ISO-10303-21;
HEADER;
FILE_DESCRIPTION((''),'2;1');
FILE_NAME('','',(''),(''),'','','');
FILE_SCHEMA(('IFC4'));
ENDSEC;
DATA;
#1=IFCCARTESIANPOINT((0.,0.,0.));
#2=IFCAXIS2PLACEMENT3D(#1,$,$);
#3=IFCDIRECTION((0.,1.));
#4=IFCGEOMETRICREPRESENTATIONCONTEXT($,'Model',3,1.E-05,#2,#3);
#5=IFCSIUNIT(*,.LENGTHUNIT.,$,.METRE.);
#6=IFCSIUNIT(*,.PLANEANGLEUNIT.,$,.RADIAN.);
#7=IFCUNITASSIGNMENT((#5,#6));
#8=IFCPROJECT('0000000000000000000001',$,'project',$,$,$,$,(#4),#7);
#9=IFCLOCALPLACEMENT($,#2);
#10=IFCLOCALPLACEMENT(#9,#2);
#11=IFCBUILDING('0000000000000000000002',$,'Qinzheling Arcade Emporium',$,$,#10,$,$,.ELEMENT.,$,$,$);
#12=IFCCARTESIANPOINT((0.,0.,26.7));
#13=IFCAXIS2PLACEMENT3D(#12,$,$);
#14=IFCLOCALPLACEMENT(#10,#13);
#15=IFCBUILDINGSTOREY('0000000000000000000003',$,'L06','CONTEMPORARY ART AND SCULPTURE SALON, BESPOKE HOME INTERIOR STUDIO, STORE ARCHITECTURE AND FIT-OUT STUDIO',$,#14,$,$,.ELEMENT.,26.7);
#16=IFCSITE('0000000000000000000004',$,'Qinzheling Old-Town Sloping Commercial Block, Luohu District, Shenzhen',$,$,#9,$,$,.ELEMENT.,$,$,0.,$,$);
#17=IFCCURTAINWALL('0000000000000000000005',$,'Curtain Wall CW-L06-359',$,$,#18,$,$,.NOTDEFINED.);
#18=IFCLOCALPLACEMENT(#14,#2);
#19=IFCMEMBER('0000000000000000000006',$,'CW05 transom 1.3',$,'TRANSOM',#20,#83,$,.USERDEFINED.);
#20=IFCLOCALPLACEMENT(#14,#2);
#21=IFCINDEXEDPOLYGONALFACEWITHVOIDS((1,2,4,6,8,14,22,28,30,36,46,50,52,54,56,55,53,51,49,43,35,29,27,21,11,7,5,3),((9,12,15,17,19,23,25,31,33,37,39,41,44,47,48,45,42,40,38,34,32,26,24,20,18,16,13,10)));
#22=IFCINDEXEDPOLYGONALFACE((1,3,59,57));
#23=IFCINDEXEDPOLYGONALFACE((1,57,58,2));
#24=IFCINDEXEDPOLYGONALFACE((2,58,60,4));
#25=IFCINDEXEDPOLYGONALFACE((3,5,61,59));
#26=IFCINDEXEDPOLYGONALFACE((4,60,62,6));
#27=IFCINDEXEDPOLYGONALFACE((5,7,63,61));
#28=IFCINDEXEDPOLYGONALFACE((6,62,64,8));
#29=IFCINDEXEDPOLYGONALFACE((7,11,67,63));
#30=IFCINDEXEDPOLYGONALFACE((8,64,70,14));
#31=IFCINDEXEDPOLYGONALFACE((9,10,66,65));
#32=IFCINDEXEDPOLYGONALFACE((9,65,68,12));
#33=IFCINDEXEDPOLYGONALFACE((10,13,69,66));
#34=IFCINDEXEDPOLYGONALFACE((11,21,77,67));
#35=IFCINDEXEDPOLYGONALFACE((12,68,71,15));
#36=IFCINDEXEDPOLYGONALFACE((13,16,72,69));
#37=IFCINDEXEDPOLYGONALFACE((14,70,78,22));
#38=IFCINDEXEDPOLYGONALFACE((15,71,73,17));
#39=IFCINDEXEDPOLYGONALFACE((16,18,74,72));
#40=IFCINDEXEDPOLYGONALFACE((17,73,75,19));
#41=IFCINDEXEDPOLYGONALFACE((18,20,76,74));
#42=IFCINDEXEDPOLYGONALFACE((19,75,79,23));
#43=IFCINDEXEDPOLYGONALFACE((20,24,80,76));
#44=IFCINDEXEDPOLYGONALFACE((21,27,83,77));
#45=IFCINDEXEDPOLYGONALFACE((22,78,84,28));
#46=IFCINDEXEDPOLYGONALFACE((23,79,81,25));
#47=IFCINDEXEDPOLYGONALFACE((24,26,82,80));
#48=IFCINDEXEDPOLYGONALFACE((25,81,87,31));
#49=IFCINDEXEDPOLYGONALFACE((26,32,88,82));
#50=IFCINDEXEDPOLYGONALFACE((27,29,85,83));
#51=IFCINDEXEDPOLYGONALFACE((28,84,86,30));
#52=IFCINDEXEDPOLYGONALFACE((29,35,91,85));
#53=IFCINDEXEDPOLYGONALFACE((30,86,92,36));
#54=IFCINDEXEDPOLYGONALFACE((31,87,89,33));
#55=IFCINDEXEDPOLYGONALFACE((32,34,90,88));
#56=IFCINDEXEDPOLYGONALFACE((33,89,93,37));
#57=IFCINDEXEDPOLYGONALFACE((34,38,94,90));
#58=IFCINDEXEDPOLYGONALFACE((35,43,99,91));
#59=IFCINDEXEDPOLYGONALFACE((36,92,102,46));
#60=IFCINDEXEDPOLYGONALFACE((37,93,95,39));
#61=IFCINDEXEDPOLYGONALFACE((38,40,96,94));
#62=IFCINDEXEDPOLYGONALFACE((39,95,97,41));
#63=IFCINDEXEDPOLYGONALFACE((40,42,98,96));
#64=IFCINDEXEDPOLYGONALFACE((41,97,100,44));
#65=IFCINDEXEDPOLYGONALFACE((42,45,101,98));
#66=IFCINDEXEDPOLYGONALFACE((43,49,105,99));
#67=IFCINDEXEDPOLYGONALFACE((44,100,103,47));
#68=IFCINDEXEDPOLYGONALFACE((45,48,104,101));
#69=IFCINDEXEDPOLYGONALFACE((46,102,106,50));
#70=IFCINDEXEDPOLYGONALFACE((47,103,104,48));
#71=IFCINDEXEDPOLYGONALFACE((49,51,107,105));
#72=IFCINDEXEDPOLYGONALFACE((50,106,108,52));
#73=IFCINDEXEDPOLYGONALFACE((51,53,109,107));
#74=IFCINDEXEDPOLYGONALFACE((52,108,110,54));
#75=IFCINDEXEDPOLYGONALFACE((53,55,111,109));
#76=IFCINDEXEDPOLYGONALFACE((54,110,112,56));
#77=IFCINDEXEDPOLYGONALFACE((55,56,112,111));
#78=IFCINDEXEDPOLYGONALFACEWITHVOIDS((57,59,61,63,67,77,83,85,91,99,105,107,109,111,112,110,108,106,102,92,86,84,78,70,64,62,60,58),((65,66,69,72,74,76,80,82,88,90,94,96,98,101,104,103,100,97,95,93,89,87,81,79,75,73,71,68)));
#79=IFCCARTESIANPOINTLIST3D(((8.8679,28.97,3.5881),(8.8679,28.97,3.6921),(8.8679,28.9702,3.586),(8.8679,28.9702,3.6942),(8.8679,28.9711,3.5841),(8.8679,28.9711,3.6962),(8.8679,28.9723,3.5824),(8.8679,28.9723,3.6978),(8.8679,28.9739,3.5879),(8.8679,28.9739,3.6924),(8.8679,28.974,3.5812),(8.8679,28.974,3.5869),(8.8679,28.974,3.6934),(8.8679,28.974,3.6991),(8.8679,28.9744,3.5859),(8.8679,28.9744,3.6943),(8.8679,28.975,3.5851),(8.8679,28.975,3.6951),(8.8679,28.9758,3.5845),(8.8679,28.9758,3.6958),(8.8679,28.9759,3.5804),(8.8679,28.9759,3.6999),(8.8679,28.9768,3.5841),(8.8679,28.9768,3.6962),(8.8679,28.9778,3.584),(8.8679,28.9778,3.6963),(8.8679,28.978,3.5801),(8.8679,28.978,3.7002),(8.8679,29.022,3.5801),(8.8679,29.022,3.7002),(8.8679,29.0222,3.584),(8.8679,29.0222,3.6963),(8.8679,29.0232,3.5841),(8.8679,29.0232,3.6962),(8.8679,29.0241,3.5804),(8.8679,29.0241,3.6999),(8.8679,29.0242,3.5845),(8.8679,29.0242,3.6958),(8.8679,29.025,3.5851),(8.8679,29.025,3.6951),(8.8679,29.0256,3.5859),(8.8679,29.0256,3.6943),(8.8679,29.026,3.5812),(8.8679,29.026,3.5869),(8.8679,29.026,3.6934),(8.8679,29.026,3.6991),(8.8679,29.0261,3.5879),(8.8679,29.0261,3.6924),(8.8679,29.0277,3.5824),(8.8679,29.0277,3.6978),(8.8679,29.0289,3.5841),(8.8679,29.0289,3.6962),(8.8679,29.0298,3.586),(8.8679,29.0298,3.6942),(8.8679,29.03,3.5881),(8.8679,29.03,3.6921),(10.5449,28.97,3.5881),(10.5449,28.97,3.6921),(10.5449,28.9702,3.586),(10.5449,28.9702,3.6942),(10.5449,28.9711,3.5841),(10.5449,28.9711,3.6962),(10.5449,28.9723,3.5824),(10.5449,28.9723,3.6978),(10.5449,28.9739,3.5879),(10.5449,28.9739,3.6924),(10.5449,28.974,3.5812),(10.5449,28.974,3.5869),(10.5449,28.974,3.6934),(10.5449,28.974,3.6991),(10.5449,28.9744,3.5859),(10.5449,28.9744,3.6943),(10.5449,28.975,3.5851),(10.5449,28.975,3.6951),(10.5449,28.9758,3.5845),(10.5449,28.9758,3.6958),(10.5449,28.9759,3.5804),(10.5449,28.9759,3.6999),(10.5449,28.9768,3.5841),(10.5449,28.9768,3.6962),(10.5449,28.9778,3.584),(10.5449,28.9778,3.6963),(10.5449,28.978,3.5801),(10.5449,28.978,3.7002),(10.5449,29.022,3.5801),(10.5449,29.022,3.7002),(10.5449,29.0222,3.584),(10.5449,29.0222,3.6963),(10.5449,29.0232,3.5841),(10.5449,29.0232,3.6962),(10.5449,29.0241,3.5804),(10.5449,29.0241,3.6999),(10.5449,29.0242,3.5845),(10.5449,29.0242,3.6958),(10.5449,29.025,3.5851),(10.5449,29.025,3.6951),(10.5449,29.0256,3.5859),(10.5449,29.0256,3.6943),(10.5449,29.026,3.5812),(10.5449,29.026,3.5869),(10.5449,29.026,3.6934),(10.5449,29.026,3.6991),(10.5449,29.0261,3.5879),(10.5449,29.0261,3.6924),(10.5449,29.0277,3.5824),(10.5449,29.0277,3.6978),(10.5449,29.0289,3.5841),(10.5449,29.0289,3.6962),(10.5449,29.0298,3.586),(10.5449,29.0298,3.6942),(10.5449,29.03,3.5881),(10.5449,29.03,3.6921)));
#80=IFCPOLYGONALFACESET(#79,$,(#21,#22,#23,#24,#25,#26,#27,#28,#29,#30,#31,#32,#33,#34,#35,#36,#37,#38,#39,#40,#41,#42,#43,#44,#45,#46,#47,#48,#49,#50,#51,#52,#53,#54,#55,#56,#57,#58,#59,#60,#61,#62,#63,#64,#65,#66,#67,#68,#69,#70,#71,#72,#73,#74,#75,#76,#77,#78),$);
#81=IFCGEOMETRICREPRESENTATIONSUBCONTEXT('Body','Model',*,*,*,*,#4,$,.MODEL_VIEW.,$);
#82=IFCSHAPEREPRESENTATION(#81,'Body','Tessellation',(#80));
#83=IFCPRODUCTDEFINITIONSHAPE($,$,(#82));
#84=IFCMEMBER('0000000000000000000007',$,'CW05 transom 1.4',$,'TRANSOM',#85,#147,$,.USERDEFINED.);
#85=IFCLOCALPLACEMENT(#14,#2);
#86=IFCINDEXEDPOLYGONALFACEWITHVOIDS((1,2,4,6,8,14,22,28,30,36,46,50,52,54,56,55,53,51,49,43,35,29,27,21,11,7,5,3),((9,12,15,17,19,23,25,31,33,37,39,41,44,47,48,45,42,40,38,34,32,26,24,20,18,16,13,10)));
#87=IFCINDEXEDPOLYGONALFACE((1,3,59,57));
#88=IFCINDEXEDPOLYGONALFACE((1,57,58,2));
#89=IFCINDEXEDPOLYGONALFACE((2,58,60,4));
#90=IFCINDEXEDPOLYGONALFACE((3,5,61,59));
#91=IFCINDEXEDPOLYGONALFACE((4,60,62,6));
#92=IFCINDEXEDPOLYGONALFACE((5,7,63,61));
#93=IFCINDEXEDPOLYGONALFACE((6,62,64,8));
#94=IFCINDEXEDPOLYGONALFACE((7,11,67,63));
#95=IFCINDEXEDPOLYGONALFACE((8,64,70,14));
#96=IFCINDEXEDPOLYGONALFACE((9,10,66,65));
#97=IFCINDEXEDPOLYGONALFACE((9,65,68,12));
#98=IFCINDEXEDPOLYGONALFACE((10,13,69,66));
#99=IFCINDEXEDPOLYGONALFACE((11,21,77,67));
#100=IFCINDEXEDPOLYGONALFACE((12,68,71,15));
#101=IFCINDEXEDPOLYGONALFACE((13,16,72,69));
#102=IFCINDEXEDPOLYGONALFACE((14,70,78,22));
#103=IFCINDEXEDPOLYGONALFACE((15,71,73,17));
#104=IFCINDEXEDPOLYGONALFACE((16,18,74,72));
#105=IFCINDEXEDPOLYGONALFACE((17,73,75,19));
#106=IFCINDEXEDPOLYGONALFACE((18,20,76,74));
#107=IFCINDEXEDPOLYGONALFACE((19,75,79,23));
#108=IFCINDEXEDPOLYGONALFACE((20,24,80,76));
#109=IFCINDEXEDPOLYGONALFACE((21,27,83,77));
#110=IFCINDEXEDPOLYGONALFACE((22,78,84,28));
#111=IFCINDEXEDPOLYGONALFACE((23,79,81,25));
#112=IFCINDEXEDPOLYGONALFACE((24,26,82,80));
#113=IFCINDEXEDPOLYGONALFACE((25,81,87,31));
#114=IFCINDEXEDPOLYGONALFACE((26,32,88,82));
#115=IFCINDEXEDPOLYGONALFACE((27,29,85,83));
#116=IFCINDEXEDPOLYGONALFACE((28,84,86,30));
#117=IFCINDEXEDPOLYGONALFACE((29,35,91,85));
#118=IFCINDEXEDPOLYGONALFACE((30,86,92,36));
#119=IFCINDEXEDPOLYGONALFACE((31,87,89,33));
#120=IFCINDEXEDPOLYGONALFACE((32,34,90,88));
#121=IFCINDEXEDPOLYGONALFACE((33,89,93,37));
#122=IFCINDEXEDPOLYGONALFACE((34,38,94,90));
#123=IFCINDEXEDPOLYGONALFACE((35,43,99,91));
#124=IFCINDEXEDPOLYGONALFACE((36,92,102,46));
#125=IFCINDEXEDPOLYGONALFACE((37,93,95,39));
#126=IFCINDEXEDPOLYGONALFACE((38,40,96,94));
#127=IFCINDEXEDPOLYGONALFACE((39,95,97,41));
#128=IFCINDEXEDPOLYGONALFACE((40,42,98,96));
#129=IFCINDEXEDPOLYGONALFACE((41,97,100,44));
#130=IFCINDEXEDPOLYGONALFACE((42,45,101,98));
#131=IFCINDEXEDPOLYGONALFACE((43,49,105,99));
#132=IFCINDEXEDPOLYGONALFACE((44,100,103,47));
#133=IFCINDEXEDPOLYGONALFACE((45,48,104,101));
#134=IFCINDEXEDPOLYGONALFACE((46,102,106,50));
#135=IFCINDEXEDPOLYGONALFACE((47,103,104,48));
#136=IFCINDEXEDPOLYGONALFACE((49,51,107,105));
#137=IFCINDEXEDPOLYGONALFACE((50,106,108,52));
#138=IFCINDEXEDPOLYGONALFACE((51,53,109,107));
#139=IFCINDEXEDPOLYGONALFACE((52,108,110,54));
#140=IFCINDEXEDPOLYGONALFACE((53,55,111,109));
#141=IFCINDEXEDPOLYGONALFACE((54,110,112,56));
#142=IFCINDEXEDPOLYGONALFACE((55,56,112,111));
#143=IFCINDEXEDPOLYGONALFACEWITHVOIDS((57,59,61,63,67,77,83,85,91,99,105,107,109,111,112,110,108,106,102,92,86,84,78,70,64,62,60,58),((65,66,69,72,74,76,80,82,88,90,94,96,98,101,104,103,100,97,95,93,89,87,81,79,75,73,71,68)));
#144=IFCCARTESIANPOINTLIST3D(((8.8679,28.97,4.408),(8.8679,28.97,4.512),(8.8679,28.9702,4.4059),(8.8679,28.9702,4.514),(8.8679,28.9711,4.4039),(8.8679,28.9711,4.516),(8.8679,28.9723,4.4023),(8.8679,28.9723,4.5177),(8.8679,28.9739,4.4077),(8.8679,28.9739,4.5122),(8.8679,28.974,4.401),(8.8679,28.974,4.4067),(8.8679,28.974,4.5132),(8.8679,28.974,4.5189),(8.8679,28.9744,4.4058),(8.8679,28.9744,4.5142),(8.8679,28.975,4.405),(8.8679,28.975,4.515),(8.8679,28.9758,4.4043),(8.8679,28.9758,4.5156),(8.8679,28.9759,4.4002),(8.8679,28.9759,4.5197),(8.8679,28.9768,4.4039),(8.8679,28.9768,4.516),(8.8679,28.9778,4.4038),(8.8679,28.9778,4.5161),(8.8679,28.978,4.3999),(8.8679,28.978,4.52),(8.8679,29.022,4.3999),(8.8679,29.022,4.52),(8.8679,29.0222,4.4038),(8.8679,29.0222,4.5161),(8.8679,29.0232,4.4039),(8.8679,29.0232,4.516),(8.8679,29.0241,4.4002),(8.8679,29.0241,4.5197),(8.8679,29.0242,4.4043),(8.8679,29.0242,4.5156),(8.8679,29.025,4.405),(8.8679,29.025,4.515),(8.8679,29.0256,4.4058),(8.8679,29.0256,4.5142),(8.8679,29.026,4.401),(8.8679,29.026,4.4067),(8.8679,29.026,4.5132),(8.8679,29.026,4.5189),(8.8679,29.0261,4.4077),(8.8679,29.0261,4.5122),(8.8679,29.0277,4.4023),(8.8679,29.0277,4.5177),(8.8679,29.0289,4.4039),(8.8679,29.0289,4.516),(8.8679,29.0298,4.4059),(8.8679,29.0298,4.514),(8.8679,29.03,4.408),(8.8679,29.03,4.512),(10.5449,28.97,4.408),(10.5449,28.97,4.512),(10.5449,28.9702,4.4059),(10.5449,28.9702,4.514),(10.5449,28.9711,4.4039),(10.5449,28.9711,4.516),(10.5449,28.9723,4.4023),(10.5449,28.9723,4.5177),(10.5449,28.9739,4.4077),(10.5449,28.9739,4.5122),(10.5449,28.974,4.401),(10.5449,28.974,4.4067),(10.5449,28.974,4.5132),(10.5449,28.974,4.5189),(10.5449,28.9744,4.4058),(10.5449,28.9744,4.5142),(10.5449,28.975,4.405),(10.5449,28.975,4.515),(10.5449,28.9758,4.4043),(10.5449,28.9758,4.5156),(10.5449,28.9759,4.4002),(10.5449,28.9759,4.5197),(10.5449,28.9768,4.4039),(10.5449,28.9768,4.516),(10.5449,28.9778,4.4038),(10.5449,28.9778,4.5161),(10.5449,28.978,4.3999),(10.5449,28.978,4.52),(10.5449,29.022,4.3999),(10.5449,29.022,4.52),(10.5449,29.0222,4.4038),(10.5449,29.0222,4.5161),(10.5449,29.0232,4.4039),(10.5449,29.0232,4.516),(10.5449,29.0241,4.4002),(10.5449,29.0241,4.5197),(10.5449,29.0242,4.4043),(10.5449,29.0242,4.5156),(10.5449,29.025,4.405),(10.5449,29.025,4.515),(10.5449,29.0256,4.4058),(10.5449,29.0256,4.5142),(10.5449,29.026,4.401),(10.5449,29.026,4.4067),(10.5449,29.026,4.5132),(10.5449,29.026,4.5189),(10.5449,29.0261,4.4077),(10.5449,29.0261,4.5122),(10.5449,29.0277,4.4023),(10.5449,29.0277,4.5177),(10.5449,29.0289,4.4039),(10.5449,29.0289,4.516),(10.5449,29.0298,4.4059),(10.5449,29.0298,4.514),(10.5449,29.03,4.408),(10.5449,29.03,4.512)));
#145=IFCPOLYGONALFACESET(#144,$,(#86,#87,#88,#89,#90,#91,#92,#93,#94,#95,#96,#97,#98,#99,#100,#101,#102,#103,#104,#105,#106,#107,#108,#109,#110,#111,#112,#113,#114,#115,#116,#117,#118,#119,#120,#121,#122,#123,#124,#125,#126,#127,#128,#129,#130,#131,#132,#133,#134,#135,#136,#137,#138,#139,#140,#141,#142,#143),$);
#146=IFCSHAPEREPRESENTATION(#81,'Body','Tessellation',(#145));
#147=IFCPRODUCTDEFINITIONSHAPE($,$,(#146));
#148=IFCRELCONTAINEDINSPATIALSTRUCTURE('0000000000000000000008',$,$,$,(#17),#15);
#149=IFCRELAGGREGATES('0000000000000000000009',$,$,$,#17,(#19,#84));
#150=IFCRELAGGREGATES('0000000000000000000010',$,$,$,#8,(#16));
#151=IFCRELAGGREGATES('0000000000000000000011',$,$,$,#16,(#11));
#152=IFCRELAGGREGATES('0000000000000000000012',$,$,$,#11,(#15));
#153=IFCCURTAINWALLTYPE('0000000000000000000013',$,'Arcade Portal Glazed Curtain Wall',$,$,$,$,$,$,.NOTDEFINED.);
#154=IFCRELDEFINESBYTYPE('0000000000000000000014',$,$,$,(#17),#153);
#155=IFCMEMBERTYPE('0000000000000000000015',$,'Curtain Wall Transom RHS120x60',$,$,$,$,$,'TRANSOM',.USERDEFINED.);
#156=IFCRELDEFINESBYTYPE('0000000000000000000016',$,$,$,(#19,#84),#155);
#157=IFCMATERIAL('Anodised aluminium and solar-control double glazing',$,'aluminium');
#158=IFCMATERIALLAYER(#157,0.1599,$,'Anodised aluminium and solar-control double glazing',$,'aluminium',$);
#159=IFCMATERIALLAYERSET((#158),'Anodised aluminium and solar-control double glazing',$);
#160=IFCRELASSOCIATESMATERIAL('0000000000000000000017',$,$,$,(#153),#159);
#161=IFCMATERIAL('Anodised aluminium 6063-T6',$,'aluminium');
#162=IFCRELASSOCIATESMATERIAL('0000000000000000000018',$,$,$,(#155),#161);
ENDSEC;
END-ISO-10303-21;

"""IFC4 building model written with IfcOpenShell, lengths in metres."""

from ifc_helpers import new_model, si_unit, direction, frame, origin, origin_2d, place, context, subcontext, project, spatial, hollow_rectangle, extrude, material, layer, layer_set, material_profile, profile_set, type_object, element, aggregate, save


model = new_model("IFC4")

# Units and contexts
model_context = context("Model", 3, precision=1e-05, world=origin(), true_north=direction((0.0, 1.0)))
body_context = subcontext(model_context, "Body", "Model", "MODEL_VIEW")
ifc_project = project(units=[si_unit("LENGTHUNIT", "METRE"), si_unit("PLANEANGLEUNIT", "RADIAN")], contexts=[model_context])

# Site, building, storey
site_placement = place(None, origin())
site = spatial("IfcSite", under=ifc_project, at=site_placement, Name="Qinzheling Old-Town Sloping Commercial Block, Luohu District, Shenzhen", CompositionType="ELEMENT", RefElevation=0.0)
building_placement = place(site_placement, origin())
building = spatial("IfcBuilding", under=site, at=building_placement, Name="Qinzheling Arcade Emporium", CompositionType="ELEMENT")
storey_placement = place(building_placement, frame((0.0, 0.0, 26.7)))
storey = spatial("IfcBuildingStorey", under=building, at=storey_placement, Name="L06", Description="CONTEMPORARY ART AND SCULPTURE SALON, BESPOKE HOME INTERIOR STUDIO, STORE ARCHITECTURE AND FIT-OUT STUDIO", CompositionType="ELEMENT", Elevation=26.7)

# Shared definitions
ifc_material_1 = material(Name="Anodised aluminium and solar-control double glazing", Category="aluminium")
ifc_material_2 = material(Name="Anodised aluminium 6063-T6", Category="aluminium")

# Curtain wall
ifc_layer_1 = layer(ifc_material_1, 0.1599, Name="Anodised aluminium and solar-control double glazing", Category="aluminium")
ifc_layer_set_1 = layer_set([ifc_layer_1], Name="Anodised aluminium and solar-control double glazing")
curtain_wall_type_1 = type_object("IfcCurtainWallType", Name="Arcade Portal Glazed Curtain Wall", PredefinedType="NOTDEFINED", material=ifc_layer_set_1)
curtain_wall_1_placement = place(storey_placement, origin())
curtain_wall_1 = element("IfcCurtainWall", 1, at=curtain_wall_1_placement, inside=storey, type_object=curtain_wall_type_1, Name="Curtain Wall CW-L06-359", PredefinedType="NOTDEFINED")

# Members
ifc_material_profile_1 = material_profile(ifc_material_2, hollow_rectangle(XDim=0.0601, YDim=0.1201, WallThickness=0.0039, InnerFilletRadius=0.0039, OuterFilletRadius=0.0081, at=origin_2d()), Name="RHS 120x60x4", Category="aluminium")
ifc_profile_set_1 = profile_set([ifc_material_profile_1], Name="Anodised aluminium 6063-T6")
member_type_1 = type_object("IfcMemberType", Name="Curtain Wall Transom RHS120x60", ElementType="TRANSOM", PredefinedType="USERDEFINED", material=ifc_profile_set_1)
member_1_placement = place(storey_placement, frame((10.5449, 29.0, 3.6401), z_axis=(-1.0, 0.0, 0.0), x_axis=(0.0, -1.0, 0.0)))
member_1 = element("IfcMember", 2, at=member_1_placement, type_object=member_type_1, Name="CW05 transom 1.3", ObjectType="TRANSOM", PredefinedType="USERDEFINED", context=body_context, shape_type="SweptSolid", body=[
    extrude(hollow_rectangle(XDim=0.0601, YDim=0.1201, WallThickness=0.0039, InnerFilletRadius=0.0039, OuterFilletRadius=0.0081, at=origin_2d()), origin(), (0.0, 0.0, 1.0), 1.677),
])
member_2_placement = place(storey_placement, frame((10.5449, 29.0, 4.46), z_axis=(-1.0, 0.0, 0.0), x_axis=(0.0, -1.0, 0.0)))
member_2 = element("IfcMember", 3, at=member_2_placement, type_object=member_type_1, Name="CW05 transom 1.4", ObjectType="TRANSOM", PredefinedType="USERDEFINED", context=body_context, shape_type="SweptSolid", body=[
    extrude(hollow_rectangle(XDim=0.0601, YDim=0.1201, WallThickness=0.0039, InnerFilletRadius=0.0039, OuterFilletRadius=0.0081, at=origin_2d()), origin(), (0.0, 0.0, 1.0), 1.677),
])

aggregate(curtain_wall_1, [member_1, member_2])

save(model, "model.ifc")
